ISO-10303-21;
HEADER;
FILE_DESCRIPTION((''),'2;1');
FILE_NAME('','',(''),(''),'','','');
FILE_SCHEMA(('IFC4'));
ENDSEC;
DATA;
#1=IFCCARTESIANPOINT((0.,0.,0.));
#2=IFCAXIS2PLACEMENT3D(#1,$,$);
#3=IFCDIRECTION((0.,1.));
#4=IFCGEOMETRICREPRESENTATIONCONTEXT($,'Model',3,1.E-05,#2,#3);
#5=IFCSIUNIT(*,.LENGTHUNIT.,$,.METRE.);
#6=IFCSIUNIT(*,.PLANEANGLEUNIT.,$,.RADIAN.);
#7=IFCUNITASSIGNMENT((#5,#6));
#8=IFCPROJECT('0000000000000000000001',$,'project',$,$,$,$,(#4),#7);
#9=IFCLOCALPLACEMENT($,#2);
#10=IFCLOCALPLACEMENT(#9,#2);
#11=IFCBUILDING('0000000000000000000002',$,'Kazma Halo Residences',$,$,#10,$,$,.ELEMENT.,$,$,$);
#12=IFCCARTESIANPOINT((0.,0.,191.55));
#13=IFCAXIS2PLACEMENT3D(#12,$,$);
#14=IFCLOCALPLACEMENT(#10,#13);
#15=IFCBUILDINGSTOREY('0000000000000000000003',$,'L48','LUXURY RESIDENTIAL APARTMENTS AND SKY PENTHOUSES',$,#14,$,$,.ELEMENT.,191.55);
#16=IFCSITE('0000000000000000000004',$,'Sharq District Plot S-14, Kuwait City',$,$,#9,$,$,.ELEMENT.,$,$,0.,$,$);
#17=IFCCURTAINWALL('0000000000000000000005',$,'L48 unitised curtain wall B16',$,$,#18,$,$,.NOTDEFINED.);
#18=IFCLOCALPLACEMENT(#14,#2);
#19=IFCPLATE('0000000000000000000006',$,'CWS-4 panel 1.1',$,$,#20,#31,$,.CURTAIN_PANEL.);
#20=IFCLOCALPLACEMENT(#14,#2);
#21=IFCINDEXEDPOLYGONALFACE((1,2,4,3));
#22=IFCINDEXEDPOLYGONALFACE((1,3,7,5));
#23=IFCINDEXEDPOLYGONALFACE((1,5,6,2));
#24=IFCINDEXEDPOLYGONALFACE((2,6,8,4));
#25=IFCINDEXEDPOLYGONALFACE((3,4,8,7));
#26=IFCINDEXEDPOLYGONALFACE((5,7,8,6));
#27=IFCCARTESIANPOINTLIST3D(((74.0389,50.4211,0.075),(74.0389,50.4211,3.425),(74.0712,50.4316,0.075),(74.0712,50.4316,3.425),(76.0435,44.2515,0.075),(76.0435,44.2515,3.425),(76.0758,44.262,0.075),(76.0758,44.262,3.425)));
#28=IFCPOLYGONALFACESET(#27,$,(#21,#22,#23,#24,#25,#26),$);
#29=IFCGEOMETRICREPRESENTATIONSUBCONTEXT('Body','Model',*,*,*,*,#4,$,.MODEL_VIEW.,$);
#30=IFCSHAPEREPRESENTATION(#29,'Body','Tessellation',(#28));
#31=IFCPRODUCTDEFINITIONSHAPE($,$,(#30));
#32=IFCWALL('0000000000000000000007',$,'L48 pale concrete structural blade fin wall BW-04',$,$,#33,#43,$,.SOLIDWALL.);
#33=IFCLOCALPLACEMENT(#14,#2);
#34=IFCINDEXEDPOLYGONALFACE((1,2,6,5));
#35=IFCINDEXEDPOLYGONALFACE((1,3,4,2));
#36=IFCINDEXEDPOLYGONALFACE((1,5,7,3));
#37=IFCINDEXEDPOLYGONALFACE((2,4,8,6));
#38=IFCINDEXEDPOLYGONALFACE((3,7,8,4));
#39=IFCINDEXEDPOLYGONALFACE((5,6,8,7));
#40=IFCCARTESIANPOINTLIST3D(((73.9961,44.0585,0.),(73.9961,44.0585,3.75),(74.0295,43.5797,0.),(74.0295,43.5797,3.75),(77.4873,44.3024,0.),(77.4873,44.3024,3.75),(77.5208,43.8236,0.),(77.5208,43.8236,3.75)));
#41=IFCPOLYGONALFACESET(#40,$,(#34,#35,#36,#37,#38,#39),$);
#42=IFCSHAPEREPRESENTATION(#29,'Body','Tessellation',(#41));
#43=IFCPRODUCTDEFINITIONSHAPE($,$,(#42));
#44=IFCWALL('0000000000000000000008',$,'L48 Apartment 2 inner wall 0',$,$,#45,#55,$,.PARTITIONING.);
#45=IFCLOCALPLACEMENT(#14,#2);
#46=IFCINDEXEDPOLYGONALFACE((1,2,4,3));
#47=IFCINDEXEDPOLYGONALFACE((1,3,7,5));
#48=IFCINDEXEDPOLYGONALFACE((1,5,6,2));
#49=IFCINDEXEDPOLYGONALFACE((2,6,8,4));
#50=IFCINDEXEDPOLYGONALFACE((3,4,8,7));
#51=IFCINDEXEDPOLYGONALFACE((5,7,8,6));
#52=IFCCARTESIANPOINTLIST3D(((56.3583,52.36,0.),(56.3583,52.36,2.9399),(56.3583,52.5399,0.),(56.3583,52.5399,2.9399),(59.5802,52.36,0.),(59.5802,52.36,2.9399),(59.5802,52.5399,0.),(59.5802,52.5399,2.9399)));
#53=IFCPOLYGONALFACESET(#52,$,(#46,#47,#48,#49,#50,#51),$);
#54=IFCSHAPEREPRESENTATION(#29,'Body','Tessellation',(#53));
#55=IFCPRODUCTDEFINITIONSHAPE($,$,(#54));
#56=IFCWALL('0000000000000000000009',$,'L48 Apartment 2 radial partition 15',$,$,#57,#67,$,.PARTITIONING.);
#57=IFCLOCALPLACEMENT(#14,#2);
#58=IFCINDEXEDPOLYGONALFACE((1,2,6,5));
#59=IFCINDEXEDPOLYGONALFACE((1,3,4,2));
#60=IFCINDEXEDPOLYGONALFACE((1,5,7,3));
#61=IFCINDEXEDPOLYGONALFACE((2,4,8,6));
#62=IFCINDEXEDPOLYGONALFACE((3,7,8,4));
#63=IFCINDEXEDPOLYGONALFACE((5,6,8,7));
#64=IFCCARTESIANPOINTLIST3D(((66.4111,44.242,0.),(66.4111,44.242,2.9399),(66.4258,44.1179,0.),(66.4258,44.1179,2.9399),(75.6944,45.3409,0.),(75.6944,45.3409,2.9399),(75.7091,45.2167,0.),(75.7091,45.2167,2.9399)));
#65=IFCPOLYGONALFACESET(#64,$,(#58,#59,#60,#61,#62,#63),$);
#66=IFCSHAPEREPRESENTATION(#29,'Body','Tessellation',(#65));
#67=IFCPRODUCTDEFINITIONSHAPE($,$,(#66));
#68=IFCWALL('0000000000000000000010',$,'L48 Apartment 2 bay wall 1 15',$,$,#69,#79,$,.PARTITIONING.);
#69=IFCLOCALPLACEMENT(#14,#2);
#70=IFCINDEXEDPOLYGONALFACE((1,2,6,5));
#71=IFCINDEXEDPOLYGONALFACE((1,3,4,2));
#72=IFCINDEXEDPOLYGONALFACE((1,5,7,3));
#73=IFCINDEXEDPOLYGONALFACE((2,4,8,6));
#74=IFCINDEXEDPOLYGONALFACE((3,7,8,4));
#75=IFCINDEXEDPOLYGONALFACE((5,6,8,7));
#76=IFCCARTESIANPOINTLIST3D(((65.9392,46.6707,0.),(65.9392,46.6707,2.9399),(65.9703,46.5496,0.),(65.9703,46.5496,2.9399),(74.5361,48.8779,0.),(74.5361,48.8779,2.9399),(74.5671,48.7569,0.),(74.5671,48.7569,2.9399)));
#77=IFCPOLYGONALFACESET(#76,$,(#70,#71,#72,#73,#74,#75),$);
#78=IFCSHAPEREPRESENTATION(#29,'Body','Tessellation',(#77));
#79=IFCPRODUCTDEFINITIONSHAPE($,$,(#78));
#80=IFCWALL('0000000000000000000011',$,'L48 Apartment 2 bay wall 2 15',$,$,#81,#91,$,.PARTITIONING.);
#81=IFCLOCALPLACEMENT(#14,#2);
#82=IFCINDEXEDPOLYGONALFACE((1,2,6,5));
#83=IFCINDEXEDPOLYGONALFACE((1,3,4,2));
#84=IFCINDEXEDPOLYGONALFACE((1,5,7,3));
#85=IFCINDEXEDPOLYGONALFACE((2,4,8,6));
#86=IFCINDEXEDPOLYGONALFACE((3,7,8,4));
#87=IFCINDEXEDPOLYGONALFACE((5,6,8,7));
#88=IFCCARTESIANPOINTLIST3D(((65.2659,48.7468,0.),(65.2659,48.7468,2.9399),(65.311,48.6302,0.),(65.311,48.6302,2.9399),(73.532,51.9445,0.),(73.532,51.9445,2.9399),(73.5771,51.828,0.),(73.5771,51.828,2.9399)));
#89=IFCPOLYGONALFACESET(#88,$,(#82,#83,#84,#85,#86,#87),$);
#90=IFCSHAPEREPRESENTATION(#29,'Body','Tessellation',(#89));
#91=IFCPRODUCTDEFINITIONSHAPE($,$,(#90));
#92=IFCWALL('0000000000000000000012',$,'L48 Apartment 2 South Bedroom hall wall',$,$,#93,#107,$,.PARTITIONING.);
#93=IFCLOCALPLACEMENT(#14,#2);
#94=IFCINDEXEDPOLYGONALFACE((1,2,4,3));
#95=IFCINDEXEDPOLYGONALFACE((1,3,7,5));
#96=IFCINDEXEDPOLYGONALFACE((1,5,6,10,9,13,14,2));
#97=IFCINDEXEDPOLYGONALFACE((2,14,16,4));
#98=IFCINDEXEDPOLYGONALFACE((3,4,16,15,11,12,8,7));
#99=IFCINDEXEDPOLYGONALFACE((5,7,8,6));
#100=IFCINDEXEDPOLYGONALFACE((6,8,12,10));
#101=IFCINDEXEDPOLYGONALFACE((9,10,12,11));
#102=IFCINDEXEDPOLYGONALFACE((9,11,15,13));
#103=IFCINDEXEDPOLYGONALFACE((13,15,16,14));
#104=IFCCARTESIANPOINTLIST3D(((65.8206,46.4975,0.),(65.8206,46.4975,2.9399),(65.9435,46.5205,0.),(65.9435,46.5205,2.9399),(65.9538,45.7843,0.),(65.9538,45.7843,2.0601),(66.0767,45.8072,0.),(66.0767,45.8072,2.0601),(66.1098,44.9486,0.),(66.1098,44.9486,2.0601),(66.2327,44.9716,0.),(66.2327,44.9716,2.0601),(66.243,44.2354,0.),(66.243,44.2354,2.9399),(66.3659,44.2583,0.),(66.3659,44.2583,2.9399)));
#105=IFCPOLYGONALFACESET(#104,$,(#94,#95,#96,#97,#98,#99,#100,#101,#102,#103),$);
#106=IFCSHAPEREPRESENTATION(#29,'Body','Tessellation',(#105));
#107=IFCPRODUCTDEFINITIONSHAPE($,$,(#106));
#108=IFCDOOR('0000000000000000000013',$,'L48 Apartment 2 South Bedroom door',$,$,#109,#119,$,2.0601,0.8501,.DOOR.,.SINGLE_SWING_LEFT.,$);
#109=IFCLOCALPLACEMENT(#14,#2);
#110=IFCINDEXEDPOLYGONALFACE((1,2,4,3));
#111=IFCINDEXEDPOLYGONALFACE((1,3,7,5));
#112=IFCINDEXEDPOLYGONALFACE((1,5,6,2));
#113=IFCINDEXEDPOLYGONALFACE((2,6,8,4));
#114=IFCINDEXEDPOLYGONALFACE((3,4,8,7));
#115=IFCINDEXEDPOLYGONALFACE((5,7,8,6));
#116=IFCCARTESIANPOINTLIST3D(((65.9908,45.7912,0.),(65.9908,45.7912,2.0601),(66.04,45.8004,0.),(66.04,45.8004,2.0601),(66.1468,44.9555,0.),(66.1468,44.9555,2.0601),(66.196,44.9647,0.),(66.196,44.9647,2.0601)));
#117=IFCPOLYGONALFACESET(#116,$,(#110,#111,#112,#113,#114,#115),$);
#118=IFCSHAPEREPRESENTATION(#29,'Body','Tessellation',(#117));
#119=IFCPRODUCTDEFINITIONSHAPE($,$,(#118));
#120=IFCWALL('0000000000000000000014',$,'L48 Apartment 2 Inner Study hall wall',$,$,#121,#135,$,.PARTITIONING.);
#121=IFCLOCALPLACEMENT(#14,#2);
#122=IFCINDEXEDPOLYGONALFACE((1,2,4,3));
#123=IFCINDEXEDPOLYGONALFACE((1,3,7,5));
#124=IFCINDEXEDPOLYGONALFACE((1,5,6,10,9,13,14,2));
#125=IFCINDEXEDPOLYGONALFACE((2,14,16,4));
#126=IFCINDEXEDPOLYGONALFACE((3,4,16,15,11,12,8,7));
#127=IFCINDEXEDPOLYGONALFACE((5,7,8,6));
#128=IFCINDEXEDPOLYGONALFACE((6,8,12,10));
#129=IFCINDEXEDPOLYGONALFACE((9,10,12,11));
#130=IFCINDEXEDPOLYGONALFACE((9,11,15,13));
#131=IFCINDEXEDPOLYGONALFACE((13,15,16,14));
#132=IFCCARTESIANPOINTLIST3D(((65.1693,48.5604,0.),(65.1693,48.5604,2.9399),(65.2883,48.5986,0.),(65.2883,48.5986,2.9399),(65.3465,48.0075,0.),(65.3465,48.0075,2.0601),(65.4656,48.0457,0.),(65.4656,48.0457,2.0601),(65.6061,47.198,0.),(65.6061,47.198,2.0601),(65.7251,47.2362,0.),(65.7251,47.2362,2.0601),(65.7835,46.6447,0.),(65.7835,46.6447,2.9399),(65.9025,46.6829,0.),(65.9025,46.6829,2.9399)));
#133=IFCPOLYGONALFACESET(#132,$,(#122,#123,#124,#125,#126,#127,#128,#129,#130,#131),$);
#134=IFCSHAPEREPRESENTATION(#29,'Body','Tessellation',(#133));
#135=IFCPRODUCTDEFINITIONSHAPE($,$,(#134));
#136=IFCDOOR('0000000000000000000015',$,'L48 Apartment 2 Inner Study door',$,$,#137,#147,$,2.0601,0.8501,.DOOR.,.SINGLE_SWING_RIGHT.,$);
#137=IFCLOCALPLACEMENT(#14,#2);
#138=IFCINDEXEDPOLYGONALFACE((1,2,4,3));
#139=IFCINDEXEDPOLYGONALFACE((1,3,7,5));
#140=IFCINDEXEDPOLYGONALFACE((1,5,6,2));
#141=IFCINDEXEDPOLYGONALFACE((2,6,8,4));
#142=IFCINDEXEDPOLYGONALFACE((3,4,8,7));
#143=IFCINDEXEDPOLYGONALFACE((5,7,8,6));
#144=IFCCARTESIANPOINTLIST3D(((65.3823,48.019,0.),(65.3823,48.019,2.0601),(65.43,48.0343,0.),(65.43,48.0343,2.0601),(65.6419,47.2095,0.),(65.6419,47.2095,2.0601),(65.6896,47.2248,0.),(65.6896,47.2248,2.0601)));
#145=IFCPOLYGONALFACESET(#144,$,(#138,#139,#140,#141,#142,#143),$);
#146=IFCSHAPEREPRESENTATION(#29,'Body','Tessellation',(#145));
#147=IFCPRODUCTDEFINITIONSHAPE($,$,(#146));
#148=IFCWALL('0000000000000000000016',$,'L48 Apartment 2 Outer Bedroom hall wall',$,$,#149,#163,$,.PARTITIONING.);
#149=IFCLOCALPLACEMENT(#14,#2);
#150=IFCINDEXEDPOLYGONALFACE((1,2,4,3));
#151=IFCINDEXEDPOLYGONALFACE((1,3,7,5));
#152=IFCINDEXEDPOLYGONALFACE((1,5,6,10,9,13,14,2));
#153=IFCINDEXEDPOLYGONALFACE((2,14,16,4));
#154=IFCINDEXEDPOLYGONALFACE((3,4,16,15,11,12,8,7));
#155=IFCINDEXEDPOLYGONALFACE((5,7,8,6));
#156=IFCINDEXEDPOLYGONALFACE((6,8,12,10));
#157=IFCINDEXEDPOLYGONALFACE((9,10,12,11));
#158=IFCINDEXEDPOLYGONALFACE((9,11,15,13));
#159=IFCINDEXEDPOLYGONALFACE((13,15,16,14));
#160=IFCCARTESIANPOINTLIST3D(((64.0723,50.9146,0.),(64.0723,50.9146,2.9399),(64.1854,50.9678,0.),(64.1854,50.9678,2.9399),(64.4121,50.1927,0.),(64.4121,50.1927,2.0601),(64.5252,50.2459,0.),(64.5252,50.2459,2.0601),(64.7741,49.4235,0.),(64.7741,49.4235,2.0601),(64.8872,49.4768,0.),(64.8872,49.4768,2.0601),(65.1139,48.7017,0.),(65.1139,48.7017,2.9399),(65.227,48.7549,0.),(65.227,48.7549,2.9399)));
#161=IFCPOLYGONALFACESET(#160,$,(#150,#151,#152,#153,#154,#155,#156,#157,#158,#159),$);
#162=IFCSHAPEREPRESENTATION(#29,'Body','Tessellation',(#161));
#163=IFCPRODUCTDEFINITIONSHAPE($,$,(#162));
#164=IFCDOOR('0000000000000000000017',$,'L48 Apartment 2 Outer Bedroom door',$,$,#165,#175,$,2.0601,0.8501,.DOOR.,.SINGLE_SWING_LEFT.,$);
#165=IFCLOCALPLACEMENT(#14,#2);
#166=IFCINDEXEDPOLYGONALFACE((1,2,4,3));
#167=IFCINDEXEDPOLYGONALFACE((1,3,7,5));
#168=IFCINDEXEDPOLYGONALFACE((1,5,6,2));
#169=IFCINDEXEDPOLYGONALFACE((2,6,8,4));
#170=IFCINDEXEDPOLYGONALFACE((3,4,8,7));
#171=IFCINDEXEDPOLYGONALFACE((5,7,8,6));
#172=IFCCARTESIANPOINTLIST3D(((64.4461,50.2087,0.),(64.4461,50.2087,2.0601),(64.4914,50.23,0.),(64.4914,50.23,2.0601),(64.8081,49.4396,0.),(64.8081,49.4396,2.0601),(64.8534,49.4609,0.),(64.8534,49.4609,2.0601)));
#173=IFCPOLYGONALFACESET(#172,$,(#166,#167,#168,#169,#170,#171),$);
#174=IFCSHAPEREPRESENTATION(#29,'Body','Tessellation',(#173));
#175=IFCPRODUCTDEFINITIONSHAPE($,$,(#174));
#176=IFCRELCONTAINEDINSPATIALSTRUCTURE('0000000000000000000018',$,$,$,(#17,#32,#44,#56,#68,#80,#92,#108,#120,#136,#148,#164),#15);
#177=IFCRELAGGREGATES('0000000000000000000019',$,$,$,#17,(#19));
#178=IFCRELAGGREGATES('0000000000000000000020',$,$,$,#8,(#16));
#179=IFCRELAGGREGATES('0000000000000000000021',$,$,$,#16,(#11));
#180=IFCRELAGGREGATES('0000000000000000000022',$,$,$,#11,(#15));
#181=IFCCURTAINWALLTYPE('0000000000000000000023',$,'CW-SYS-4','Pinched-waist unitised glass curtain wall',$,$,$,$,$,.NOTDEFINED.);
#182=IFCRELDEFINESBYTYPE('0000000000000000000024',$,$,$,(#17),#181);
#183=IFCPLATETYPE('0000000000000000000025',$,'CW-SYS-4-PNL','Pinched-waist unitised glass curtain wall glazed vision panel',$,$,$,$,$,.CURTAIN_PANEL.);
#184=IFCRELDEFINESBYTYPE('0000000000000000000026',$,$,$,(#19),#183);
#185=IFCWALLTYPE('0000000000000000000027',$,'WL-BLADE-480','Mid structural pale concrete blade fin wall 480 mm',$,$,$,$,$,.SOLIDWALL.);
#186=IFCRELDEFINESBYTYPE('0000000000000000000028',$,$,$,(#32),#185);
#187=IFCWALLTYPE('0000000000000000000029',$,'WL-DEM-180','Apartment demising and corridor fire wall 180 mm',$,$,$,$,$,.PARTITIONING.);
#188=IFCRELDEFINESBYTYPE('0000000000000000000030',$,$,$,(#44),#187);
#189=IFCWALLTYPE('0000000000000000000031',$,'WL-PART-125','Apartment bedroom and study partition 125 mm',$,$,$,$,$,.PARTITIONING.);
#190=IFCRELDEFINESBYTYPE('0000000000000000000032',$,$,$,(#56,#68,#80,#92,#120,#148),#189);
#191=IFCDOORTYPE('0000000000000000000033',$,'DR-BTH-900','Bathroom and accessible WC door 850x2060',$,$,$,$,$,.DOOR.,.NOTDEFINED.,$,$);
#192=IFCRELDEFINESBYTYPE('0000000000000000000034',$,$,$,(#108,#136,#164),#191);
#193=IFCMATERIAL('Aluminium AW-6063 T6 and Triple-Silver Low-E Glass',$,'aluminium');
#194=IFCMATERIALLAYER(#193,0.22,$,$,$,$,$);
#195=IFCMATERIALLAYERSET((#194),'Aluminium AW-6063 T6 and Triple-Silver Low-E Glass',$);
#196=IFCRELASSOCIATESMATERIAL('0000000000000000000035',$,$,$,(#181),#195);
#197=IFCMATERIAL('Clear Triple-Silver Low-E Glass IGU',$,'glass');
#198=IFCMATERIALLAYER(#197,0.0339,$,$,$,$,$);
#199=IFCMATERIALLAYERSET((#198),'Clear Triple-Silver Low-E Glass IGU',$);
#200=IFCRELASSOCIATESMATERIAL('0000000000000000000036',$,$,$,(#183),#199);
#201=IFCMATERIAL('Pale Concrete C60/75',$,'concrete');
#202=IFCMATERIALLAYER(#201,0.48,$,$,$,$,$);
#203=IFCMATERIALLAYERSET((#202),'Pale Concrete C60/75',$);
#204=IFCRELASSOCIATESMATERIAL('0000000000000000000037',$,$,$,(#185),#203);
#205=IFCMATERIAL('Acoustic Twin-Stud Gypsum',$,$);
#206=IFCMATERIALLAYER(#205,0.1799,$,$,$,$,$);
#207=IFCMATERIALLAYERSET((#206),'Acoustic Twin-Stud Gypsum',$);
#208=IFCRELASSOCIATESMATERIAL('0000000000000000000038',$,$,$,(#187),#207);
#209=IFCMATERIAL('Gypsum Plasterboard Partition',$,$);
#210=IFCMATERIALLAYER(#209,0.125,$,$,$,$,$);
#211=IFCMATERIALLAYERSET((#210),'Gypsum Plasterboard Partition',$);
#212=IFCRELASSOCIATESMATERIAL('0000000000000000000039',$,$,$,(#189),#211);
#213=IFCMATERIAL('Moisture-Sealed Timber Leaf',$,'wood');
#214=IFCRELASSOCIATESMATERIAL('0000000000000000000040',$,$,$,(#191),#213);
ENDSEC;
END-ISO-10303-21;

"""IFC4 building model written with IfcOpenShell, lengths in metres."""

from ifc_helpers import new_model, si_unit, direction, frame, frame_2d, origin, origin_2d, place, context, subcontext, project, spatial, rectangle, extrude, material, layer, layer_set, type_object, element, fill, aggregate, save


model = new_model("IFC4")

# Units and contexts
model_context = context("Model", 3, precision=1e-05, world=origin(), true_north=direction((0.0, 1.0)))
body_context = subcontext(model_context, "Body", "Model", "MODEL_VIEW")
ifc_project = project(units=[si_unit("LENGTHUNIT", "METRE"), si_unit("PLANEANGLEUNIT", "RADIAN")], contexts=[model_context])

# Site, building, storey
site_placement = place(None, origin())
site = spatial("IfcSite", under=ifc_project, at=site_placement, Name="Sharq District Plot S-14, Kuwait City", CompositionType="ELEMENT", RefElevation=0.0)
building_placement = place(site_placement, origin())
building = spatial("IfcBuilding", under=site, at=building_placement, Name="Kazma Halo Residences", CompositionType="ELEMENT")
storey_placement = place(building_placement, frame((0.0, 0.0, 191.55)))
storey = spatial("IfcBuildingStorey", under=building, at=storey_placement, Name="L48", Description="LUXURY RESIDENTIAL APARTMENTS AND SKY PENTHOUSES", CompositionType="ELEMENT", Elevation=191.55)

# Shared definitions
ifc_material_1 = material(Name="Aluminium AW-6063 T6 and Triple-Silver Low-E Glass", Category="aluminium")
ifc_layer_1 = layer(ifc_material_1, 0.22)
ifc_layer_set_1 = layer_set([ifc_layer_1], Name="Aluminium AW-6063 T6 and Triple-Silver Low-E Glass")
curtain_wall_type = type_object("IfcCurtainWallType", Name="CW-SYS-4", Description="Pinched-waist unitised glass curtain wall", PredefinedType="NOTDEFINED", material=ifc_layer_set_1)

# Curtain wall, plate
curtain_wall_1_placement = place(storey_placement, origin())
curtain_wall_1 = element("IfcCurtainWall", 1, at=curtain_wall_1_placement, inside=storey, type_object=curtain_wall_type, Name="L48 unitised curtain wall B16", PredefinedType="NOTDEFINED")
ifc_material_2 = material(Name="Clear Triple-Silver Low-E Glass IGU", Category="glass")
ifc_layer_2 = layer(ifc_material_2, 0.0339)
ifc_layer_set_2 = layer_set([ifc_layer_2], Name="Clear Triple-Silver Low-E Glass IGU")
plate_type = type_object("IfcPlateType", Name="CW-SYS-4-PNL", Description="Pinched-waist unitised glass curtain wall glazed vision panel", PredefinedType="CURTAIN_PANEL", material=ifc_layer_set_2)
plate_placement = place(storey_placement, frame((75.0574, 47.3416, 0.075), z_axis=(0.0, 0.0, 1.0), x_axis=(-0.309016, 0.951057, 0.0)))
plate = element("IfcPlate", 2, at=plate_placement, type_object=plate_type, Name="CWS-4 panel 1.1", PredefinedType="CURTAIN_PANEL", context=body_context, shape_type="SweptSolid", body=[
    extrude(rectangle(XDim=6.4871, YDim=0.0339, at=origin_2d()), origin(), (0.0, 0.0, 1.0), 3.3501),
])
aggregate(curtain_wall_1, [plate])

# Walls
ifc_material_3 = material(Name="Pale Concrete C60/75", Category="concrete")
ifc_layer_3 = layer(ifc_material_3, 0.48)
ifc_layer_set_3 = layer_set([ifc_layer_3], Name="Pale Concrete C60/75")
wall_type_1 = type_object("IfcWallType", Name="WL-BLADE-480", Description="Mid structural pale concrete blade fin wall 480 mm", PredefinedType="SOLIDWALL", material=ifc_layer_set_3)
wall_1_placement = place(storey_placement, frame((74.0127, 43.8191, 0.0), z_axis=(0.0, 0.0, 1.0), x_axis=(0.997569, 0.06969, 0.0)))
element("IfcWall", 3, at=wall_1_placement, inside=storey, type_object=wall_type_1, Name="L48 pale concrete structural blade fin wall BW-04", PredefinedType="SOLIDWALL", context=body_context, shape_type="SweptSolid", body=[
    extrude(rectangle(XDim=3.4998, YDim=0.48, at=frame_2d((1.75, 0.0))), origin(), (0.0, 0.0, 1.0), 3.75),
])
ifc_material_4 = material(Name="Acoustic Twin-Stud Gypsum")
ifc_layer_4 = layer(ifc_material_4, 0.1799)
ifc_layer_set_4 = layer_set([ifc_layer_4], Name="Acoustic Twin-Stud Gypsum")
wall_type_2 = type_object("IfcWallType", Name="WL-DEM-180", Description="Apartment demising and corridor fire wall 180 mm", PredefinedType="PARTITIONING", material=ifc_layer_set_4)
wall_2_placement = place(storey_placement, frame((59.5801, 52.45, 0.0), z_axis=(0.0, 0.0, 1.0), x_axis=(-1.0, 0.0, 0.0)))
element("IfcWall", 4, at=wall_2_placement, inside=storey, type_object=wall_type_2, Name="L48 Apartment 2 inner wall 0", PredefinedType="PARTITIONING", context=body_context, shape_type="SweptSolid", body=[
    extrude(rectangle(XDim=3.2219, YDim=0.1799, at=frame_2d((1.6108, 0.0))), origin(), (0.0, 0.0, 1.0), 2.9399),
])
ifc_material_5 = material(Name="Gypsum Plasterboard Partition")
ifc_layer_5 = layer(ifc_material_5, 0.125)
ifc_layer_set_5 = layer_set([ifc_layer_5], Name="Gypsum Plasterboard Partition")
wall_type_3 = type_object("IfcWallType", Name="WL-PART-125", Description="Apartment bedroom and study partition 125 mm", PredefinedType="PARTITIONING", material=ifc_layer_set_5)
wall_3_placement = place(storey_placement, frame((66.4185, 44.1799, 0.0), z_axis=(0.0, 0.0, 1.0), x_axis=(0.993067, 0.117549, 0.0)))
element("IfcWall", 5, at=wall_3_placement, inside=storey, type_object=wall_type_3, Name="L48 Apartment 2 radial partition 15", PredefinedType="PARTITIONING", context=body_context, shape_type="SweptSolid", body=[
    extrude(rectangle(XDim=9.3481, YDim=0.125, at=frame_2d((4.6741, 0.0))), origin(), (0.0, 0.0, 1.0), 2.9399),
])
wall_4_placement = place(storey_placement, frame((65.9546, 46.6101, 0.0), z_axis=(0.0, 0.0, 1.0), x_axis=(0.968584, 0.248686, 0.0)))
element("IfcWall", 6, at=wall_4_placement, inside=storey, type_object=wall_type_3, Name="L48 Apartment 2 bay wall 1 15", PredefinedType="PARTITIONING", context=body_context, shape_type="SweptSolid", body=[
    extrude(rectangle(XDim=8.8757, YDim=0.125, at=frame_2d((4.438, 0.0))), origin(), (0.0, 0.0, 1.0), 2.9399),
])
wall_5_placement = place(storey_placement, frame((65.2883, 48.6885, 0.0), z_axis=(0.0, 0.0, 1.0), x_axis=(0.932645, 0.360795, 0.0)))
element("IfcWall", 7, at=wall_5_placement, inside=storey, type_object=wall_type_3, Name="L48 Apartment 2 bay wall 2 15", PredefinedType="PARTITIONING", context=body_context, shape_type="SweptSolid", body=[
    extrude(rectangle(XDim=8.863, YDim=0.125, at=frame_2d((4.4316, 0.0))), origin(), (0.0, 0.0, 1.0), 2.9399),
])

# Walls, openings, doors
wall_6_placement = place(storey_placement, frame((66.3044, 44.2468, 0.0), z_axis=(0.0, 0.0, 1.0), x_axis=(-0.183533, 0.983014, 0.0)))
wall_6 = element("IfcWall", 8, at=wall_6_placement, inside=storey, type_object=wall_type_3, Name="L48 Apartment 2 South Bedroom hall wall", PredefinedType="PARTITIONING", context=body_context, shape_type="SweptSolid", body=[
    extrude(rectangle(XDim=2.3013, YDim=0.125, at=frame_2d((1.1506, 0.0))), origin(), (0.0, 0.0, 1.0), 2.9399),
])
opening_1_placement = place(wall_6_placement, frame((0.7256, 0.0, 0.0)))
opening_1 = element("IfcOpeningElement", 9, at=opening_1_placement, cuts=wall_6, PredefinedType="OPENING", context=body_context, shape_type="SweptSolid", body=[
    extrude(rectangle(XDim=0.8501, YDim=2.0601, at=frame_2d((0.425, 1.03))), frame((0.0, 0.0725, 0.0), z_axis=(0.0, -1.0, 0.0), x_axis=(1.0, 0.0, 0.0)), (0.0, 0.0, 1.0), 0.145),
])
ifc_material_6 = material(Name="Moisture-Sealed Timber Leaf", Category="wood")
door_type = type_object("IfcDoorType", Name="DR-BTH-900", Description="Bathroom and accessible WC door 850x2060", OperationType="NOTDEFINED", PredefinedType="DOOR", material=ifc_material_6)
door_1_placement = place(opening_1_placement, origin())
door_1 = element("IfcDoor", 10, at=door_1_placement, inside=storey, type_object=door_type, Name="L48 Apartment 2 South Bedroom door", OperationType="SINGLE_SWING_LEFT", OverallHeight=2.0601, OverallWidth=0.8501, PredefinedType="DOOR", context=body_context, shape_type="SweptSolid", body=[
    extrude(rectangle(XDim=0.8501, YDim=2.0601, at=frame_2d((0.425, 1.03))), frame((0.0, 0.0249, 0.0), z_axis=(0.0, -1.0, 0.0), x_axis=(1.0, 0.0, 0.0)), (0.0, 0.0, 1.0), 0.05),
])
fill(opening_1, door_1)
wall_7_placement = place(storey_placement, frame((65.843, 46.6638, 0.0), z_axis=(0.0, 0.0, 1.0), x_axis=(-0.305322, 0.952249, 0.0)))
wall_7 = element("IfcWall", 11, at=wall_7_placement, inside=storey, type_object=wall_type_3, Name="L48 Apartment 2 Inner Study hall wall", PredefinedType="PARTITIONING", context=body_context, shape_type="SweptSolid", body=[
    extrude(rectangle(XDim=2.0117, YDim=0.125, at=frame_2d((1.0059, 0.0))), origin(), (0.0, 0.0, 1.0), 2.9399),
])
opening_2_placement = place(wall_7_placement, frame((0.5811, 0.0, 0.0)))
opening_2 = element("IfcOpeningElement", 12, at=opening_2_placement, cuts=wall_7, PredefinedType="OPENING", context=body_context, shape_type="SweptSolid", body=[
    extrude(rectangle(XDim=0.8501, YDim=2.0601, at=frame_2d((0.425, 1.03))), frame((0.0, 0.0725, 0.0), z_axis=(0.0, -1.0, 0.0), x_axis=(1.0, 0.0, 0.0)), (0.0, 0.0, 1.0), 0.145),
])
door_2_placement = place(opening_2_placement, origin())
door_2 = element("IfcDoor", 13, at=door_2_placement, inside=storey, type_object=door_type, Name="L48 Apartment 2 Inner Study door", OperationType="SINGLE_SWING_RIGHT", OverallHeight=2.0601, OverallWidth=0.8501, PredefinedType="DOOR", context=body_context, shape_type="SweptSolid", body=[
    extrude(rectangle(XDim=0.8501, YDim=2.0601, at=frame_2d((0.425, 1.03))), frame((0.0, 0.0249, 0.0), z_axis=(0.0, -1.0, 0.0), x_axis=(1.0, 0.0, 0.0)), (0.0, 0.0, 1.0), 0.05),
])
fill(opening_2, door_2)
wall_8_placement = place(storey_placement, frame((65.1704, 48.7283, 0.0), z_axis=(0.0, 0.0, 1.0), x_axis=(-0.425845, 0.904796, 0.0)))
wall_8 = element("IfcWall", 14, at=wall_8_placement, inside=storey, type_object=wall_type_3, Name="L48 Apartment 2 Outer Bedroom hall wall", PredefinedType="PARTITIONING", context=body_context, shape_type="SweptSolid", body=[
    extrude(rectangle(XDim=2.4458, YDim=0.125, at=frame_2d((1.2229, 0.0))), origin(), (0.0, 0.0, 1.0), 2.9399),
])
opening_3_placement = place(wall_8_placement, frame((0.7979, 0.0, 0.0)))
opening_3 = element("IfcOpeningElement", 15, at=opening_3_placement, cuts=wall_8, PredefinedType="OPENING", context=body_context, shape_type="SweptSolid", body=[
    extrude(rectangle(XDim=0.8501, YDim=2.0601, at=frame_2d((0.425, 1.03))), frame((0.0, 0.0725, 0.0), z_axis=(0.0, -1.0, 0.0), x_axis=(1.0, 0.0, 0.0)), (0.0, 0.0, 1.0), 0.145),
])
door_3_placement = place(opening_3_placement, origin())
door_3 = element("IfcDoor", 16, at=door_3_placement, inside=storey, type_object=door_type, Name="L48 Apartment 2 Outer Bedroom door", OperationType="SINGLE_SWING_LEFT", OverallHeight=2.0601, OverallWidth=0.8501, PredefinedType="DOOR", context=body_context, shape_type="SweptSolid", body=[
    extrude(rectangle(XDim=0.8501, YDim=2.0601, at=frame_2d((0.425, 1.03))), frame((0.0, 0.0249, 0.0), z_axis=(0.0, -1.0, 0.0), x_axis=(1.0, 0.0, 0.0)), (0.0, 0.0, 1.0), 0.05),
])
fill(opening_3, door_3)

save(model, "model.ifc")
